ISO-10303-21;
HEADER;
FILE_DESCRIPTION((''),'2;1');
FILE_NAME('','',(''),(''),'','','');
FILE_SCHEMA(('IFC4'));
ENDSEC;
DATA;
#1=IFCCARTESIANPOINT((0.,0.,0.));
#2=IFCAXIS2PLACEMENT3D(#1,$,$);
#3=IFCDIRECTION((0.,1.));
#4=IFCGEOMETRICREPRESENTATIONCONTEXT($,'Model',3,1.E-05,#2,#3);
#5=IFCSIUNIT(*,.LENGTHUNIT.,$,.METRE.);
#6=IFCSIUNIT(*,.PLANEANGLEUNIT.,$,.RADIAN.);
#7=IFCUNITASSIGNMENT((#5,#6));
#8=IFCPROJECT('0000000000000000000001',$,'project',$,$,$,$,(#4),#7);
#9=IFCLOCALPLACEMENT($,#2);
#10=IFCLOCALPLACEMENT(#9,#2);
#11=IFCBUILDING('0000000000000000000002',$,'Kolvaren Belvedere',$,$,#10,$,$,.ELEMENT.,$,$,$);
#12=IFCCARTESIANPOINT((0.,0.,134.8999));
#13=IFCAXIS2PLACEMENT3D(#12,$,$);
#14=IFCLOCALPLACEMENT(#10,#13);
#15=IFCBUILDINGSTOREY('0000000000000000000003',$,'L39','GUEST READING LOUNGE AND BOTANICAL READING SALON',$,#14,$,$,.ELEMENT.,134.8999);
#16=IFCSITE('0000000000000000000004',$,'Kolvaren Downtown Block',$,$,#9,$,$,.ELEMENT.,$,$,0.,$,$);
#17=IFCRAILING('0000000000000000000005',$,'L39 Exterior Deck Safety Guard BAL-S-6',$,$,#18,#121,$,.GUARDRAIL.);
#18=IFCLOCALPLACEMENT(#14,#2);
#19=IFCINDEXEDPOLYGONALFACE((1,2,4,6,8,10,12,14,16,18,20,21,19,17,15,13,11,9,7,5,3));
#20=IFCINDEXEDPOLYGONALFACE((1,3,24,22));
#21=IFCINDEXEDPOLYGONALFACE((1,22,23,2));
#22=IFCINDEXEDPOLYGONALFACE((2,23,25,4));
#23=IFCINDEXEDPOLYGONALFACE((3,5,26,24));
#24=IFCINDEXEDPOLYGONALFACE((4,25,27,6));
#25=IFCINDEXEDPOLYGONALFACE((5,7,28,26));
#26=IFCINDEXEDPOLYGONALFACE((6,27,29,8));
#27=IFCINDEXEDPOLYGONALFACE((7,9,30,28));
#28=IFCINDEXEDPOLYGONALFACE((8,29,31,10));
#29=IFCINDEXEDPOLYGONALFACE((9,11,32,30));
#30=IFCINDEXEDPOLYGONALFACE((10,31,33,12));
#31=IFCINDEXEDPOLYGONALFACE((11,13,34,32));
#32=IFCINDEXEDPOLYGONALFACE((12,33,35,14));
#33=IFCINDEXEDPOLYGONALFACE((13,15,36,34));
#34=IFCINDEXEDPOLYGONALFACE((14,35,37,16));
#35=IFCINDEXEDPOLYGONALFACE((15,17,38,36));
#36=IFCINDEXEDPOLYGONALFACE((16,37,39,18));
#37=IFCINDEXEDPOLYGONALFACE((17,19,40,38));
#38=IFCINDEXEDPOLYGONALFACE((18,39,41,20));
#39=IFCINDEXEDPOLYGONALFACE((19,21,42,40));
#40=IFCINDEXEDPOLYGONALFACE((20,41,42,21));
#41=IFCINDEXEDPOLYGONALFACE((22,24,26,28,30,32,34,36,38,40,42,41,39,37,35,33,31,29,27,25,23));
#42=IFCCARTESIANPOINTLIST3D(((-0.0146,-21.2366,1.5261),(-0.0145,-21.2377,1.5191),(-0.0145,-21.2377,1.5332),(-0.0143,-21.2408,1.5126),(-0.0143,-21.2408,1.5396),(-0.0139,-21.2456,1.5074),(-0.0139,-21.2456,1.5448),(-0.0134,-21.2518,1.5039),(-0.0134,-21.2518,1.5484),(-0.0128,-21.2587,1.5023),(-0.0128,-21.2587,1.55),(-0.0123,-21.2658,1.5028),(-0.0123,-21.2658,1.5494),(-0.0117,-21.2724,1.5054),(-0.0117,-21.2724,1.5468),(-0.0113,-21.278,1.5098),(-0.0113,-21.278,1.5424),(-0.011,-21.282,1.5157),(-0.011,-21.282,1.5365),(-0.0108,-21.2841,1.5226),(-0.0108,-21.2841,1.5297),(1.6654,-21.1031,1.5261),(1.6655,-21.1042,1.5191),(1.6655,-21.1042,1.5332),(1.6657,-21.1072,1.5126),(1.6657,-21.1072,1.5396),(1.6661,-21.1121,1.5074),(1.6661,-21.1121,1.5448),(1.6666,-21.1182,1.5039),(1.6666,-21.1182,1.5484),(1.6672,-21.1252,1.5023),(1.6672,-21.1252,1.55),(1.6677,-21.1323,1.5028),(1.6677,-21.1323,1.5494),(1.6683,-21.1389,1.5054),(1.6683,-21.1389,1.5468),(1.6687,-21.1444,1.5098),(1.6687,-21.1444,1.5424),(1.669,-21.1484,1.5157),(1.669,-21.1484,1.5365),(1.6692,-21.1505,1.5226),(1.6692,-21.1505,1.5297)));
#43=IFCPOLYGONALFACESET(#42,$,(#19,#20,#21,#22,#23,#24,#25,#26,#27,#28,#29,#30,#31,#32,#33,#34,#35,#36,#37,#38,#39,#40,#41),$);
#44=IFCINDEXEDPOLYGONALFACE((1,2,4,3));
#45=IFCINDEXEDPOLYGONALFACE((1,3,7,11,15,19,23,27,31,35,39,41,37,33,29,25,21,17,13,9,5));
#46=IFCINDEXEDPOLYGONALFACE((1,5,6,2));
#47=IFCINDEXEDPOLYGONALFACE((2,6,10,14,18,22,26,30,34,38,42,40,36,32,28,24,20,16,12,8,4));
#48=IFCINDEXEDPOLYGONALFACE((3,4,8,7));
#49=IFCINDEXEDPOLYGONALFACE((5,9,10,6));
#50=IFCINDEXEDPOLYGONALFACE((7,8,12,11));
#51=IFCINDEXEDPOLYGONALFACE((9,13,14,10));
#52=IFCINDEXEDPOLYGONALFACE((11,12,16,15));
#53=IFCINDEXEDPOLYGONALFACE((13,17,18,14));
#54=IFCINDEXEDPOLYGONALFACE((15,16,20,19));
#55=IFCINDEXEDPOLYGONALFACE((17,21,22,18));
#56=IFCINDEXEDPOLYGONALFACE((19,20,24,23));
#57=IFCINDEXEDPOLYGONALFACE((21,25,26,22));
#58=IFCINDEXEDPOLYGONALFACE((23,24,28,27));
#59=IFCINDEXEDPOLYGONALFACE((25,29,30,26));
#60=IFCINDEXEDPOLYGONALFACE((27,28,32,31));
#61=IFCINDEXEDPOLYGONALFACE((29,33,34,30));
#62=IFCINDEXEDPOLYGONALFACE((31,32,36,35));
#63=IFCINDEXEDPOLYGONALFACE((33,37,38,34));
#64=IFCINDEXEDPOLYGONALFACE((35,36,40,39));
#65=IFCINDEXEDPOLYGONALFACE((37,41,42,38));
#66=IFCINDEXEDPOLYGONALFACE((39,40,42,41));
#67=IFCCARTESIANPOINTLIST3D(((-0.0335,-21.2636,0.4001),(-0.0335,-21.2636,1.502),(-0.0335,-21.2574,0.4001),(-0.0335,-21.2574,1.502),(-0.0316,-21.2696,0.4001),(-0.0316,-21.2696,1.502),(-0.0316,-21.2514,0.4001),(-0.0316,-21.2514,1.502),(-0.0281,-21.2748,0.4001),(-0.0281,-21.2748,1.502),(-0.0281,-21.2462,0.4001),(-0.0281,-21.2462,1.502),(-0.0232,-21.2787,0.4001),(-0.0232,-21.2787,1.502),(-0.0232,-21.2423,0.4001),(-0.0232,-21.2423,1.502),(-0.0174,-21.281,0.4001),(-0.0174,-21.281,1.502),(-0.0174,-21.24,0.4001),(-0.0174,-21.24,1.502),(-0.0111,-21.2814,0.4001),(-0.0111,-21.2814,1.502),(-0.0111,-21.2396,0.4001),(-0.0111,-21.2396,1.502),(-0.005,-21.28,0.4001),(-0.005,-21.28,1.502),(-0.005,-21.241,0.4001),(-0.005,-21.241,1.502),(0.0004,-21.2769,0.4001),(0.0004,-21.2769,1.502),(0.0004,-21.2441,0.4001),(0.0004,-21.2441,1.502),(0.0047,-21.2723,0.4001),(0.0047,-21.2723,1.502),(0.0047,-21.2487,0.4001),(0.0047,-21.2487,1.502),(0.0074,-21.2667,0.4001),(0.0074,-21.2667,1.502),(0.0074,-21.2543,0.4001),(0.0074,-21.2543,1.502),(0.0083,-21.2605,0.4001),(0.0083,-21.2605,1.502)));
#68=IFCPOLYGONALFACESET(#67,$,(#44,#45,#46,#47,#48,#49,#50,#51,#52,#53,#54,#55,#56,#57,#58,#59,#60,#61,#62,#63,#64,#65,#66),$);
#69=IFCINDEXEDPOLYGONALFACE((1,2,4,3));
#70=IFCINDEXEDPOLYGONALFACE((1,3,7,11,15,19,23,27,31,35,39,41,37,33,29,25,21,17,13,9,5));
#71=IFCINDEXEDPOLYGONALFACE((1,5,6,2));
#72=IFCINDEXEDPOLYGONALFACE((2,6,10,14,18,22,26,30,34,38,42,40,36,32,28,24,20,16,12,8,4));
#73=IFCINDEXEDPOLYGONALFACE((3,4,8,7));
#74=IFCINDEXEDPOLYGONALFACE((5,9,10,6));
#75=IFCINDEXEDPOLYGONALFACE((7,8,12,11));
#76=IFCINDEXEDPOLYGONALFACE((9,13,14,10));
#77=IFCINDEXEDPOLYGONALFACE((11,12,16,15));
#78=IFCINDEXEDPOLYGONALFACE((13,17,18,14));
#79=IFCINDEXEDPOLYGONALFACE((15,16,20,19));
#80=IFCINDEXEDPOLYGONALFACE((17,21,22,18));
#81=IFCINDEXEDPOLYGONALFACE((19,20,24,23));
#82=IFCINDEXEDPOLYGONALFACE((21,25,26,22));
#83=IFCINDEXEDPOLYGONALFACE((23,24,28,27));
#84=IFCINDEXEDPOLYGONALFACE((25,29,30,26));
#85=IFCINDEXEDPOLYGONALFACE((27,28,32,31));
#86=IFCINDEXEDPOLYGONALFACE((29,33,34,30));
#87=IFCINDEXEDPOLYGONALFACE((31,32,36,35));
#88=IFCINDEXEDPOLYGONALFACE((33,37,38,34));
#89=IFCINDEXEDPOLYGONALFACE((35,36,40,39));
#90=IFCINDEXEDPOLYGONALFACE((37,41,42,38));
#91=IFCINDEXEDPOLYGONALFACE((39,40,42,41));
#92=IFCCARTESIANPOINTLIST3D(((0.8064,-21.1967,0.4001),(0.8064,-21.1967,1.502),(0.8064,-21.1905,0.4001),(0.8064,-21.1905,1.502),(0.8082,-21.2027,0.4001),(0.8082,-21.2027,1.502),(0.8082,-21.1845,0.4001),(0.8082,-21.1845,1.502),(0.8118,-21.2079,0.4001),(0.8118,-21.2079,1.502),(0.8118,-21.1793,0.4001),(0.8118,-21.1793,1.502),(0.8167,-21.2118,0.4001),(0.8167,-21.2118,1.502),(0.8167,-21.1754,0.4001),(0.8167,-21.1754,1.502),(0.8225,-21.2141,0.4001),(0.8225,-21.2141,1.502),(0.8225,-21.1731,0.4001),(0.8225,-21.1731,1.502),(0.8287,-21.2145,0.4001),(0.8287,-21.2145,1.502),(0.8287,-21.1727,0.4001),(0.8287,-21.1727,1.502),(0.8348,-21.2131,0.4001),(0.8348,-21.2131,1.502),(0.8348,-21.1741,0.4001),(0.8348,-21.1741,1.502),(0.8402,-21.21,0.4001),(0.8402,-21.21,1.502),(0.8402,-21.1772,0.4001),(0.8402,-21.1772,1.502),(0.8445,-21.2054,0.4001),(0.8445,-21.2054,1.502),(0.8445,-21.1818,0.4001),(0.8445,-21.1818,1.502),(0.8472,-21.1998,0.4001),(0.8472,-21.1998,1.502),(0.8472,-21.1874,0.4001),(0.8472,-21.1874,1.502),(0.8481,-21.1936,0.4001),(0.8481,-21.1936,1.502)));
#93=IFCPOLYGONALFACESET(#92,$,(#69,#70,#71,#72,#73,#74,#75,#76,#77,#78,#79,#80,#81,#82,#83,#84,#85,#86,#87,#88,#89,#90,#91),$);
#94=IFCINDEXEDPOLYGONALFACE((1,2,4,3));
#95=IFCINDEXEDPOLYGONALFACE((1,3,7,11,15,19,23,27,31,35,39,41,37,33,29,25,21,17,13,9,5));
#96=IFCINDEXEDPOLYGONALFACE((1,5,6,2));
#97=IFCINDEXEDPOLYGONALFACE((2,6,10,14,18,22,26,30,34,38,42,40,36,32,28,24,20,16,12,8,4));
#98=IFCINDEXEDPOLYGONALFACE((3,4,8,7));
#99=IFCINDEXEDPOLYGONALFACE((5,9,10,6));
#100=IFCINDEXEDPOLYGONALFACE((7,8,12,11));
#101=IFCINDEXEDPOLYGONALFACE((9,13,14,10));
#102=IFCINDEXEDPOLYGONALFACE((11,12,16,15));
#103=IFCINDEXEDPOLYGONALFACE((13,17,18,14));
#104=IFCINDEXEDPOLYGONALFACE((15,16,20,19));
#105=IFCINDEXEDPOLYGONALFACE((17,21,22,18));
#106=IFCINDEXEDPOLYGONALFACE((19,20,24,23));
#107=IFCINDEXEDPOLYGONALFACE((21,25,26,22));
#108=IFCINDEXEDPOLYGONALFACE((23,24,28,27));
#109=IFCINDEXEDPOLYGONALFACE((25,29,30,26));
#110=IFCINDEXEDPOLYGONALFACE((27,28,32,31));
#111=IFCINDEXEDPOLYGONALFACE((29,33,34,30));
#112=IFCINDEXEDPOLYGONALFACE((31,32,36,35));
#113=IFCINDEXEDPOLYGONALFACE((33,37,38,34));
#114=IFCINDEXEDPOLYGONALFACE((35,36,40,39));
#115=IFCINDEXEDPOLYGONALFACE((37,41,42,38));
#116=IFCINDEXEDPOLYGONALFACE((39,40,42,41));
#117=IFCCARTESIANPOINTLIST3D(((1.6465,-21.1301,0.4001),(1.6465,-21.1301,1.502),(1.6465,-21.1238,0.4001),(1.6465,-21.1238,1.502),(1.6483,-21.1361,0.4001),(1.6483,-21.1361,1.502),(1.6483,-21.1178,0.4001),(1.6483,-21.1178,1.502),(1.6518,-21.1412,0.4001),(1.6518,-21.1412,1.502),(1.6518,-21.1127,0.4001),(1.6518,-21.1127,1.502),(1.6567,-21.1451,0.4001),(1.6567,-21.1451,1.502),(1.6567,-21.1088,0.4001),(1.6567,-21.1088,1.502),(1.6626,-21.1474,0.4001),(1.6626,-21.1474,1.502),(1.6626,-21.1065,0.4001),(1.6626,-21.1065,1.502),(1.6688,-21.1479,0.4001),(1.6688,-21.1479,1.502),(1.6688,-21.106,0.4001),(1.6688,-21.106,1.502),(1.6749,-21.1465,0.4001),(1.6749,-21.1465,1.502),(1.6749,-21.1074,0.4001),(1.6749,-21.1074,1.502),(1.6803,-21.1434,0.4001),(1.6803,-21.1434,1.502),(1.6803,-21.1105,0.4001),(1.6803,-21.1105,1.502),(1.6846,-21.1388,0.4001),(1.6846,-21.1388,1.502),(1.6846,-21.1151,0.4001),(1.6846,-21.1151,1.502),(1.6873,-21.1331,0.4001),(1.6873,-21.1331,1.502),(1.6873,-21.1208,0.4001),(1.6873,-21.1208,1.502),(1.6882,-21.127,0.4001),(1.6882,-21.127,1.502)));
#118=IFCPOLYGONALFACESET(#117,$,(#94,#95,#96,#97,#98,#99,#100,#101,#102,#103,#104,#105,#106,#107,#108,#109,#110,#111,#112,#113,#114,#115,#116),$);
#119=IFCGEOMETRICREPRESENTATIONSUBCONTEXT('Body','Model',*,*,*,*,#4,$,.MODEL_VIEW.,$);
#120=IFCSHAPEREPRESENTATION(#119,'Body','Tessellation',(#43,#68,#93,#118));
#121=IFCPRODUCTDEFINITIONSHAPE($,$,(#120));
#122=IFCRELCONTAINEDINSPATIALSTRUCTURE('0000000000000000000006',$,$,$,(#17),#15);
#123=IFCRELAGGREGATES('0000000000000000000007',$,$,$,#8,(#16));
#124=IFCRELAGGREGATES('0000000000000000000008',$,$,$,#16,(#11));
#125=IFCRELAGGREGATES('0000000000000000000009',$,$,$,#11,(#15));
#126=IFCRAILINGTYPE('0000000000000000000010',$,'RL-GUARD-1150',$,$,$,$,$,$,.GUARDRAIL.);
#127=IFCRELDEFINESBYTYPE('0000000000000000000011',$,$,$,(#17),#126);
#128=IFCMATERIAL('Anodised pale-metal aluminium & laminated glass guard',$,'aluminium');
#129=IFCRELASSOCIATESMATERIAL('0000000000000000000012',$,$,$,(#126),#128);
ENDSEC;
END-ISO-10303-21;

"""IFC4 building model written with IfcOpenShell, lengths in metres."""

from ifc_helpers import new_model, si_unit, direction, frame, origin, origin_2d, place, context, subcontext, project, spatial, circle, extrude, material, type_object, element, save


model = new_model("IFC4")

# Units and contexts
model_context = context("Model", 3, precision=1e-05, world=origin(), true_north=direction((0.0, 1.0)))
body_context = subcontext(model_context, "Body", "Model", "MODEL_VIEW")
ifc_project = project(units=[si_unit("LENGTHUNIT", "METRE"), si_unit("PLANEANGLEUNIT", "RADIAN")], contexts=[model_context])

# Site, building, storey
site_placement = place(None, origin())
site = spatial("IfcSite", under=ifc_project, at=site_placement, Name="Kolvaren Downtown Block", CompositionType="ELEMENT", RefElevation=0.0)
building_placement = place(site_placement, origin())
building = spatial("IfcBuilding", under=site, at=building_placement, Name="Kolvaren Belvedere", CompositionType="ELEMENT")
storey_placement = place(building_placement, frame((0.0, 0.0, 134.8999)))
storey = spatial("IfcBuildingStorey", under=building, at=storey_placement, Name="L39", Description="GUEST READING LOUNGE AND BOTANICAL READING SALON", CompositionType="ELEMENT", Elevation=134.8999)

# Railing
ifc_material_1 = material(Name="Anodised pale-metal aluminium & laminated glass guard", Category="aluminium")
railing_type = type_object("IfcRailingType", Name="RL-GUARD-1150", PredefinedType="GUARDRAIL", material=ifc_material_1)
railing_1_placement = place(storey_placement, frame((-0.0127, -21.2605, 0.4001)))
element("IfcRailing", 1, at=railing_1_placement, inside=storey, type_object=railing_type, Name="L39 Exterior Deck Safety Guard BAL-S-6", PredefinedType="GUARDRAIL", context=body_context, shape_type="SweptSolid", body=[
    extrude(circle(Radius=0.0239, at=origin_2d()), frame((0.0, 0.0, 1.126), z_axis=(0.996855, 0.079244, 0.0), x_axis=(-0.079244, 0.996855, 0.0)), (0.0, 0.0, 1.0), 1.6853),
    extrude(circle(Radius=0.021, at=origin_2d()), origin(), (0.0, 0.0, 1.0), 1.1018),
    extrude(circle(Radius=0.021, at=origin_2d()), frame((0.8398, 0.0669, 0.0)), (0.0, 0.0, 1.0), 1.1018),
    extrude(circle(Radius=0.021, at=origin_2d()), frame((1.6799, 0.1335, 0.0)), (0.0, 0.0, 1.0), 1.1018),
])

save(model, "model.ifc")
